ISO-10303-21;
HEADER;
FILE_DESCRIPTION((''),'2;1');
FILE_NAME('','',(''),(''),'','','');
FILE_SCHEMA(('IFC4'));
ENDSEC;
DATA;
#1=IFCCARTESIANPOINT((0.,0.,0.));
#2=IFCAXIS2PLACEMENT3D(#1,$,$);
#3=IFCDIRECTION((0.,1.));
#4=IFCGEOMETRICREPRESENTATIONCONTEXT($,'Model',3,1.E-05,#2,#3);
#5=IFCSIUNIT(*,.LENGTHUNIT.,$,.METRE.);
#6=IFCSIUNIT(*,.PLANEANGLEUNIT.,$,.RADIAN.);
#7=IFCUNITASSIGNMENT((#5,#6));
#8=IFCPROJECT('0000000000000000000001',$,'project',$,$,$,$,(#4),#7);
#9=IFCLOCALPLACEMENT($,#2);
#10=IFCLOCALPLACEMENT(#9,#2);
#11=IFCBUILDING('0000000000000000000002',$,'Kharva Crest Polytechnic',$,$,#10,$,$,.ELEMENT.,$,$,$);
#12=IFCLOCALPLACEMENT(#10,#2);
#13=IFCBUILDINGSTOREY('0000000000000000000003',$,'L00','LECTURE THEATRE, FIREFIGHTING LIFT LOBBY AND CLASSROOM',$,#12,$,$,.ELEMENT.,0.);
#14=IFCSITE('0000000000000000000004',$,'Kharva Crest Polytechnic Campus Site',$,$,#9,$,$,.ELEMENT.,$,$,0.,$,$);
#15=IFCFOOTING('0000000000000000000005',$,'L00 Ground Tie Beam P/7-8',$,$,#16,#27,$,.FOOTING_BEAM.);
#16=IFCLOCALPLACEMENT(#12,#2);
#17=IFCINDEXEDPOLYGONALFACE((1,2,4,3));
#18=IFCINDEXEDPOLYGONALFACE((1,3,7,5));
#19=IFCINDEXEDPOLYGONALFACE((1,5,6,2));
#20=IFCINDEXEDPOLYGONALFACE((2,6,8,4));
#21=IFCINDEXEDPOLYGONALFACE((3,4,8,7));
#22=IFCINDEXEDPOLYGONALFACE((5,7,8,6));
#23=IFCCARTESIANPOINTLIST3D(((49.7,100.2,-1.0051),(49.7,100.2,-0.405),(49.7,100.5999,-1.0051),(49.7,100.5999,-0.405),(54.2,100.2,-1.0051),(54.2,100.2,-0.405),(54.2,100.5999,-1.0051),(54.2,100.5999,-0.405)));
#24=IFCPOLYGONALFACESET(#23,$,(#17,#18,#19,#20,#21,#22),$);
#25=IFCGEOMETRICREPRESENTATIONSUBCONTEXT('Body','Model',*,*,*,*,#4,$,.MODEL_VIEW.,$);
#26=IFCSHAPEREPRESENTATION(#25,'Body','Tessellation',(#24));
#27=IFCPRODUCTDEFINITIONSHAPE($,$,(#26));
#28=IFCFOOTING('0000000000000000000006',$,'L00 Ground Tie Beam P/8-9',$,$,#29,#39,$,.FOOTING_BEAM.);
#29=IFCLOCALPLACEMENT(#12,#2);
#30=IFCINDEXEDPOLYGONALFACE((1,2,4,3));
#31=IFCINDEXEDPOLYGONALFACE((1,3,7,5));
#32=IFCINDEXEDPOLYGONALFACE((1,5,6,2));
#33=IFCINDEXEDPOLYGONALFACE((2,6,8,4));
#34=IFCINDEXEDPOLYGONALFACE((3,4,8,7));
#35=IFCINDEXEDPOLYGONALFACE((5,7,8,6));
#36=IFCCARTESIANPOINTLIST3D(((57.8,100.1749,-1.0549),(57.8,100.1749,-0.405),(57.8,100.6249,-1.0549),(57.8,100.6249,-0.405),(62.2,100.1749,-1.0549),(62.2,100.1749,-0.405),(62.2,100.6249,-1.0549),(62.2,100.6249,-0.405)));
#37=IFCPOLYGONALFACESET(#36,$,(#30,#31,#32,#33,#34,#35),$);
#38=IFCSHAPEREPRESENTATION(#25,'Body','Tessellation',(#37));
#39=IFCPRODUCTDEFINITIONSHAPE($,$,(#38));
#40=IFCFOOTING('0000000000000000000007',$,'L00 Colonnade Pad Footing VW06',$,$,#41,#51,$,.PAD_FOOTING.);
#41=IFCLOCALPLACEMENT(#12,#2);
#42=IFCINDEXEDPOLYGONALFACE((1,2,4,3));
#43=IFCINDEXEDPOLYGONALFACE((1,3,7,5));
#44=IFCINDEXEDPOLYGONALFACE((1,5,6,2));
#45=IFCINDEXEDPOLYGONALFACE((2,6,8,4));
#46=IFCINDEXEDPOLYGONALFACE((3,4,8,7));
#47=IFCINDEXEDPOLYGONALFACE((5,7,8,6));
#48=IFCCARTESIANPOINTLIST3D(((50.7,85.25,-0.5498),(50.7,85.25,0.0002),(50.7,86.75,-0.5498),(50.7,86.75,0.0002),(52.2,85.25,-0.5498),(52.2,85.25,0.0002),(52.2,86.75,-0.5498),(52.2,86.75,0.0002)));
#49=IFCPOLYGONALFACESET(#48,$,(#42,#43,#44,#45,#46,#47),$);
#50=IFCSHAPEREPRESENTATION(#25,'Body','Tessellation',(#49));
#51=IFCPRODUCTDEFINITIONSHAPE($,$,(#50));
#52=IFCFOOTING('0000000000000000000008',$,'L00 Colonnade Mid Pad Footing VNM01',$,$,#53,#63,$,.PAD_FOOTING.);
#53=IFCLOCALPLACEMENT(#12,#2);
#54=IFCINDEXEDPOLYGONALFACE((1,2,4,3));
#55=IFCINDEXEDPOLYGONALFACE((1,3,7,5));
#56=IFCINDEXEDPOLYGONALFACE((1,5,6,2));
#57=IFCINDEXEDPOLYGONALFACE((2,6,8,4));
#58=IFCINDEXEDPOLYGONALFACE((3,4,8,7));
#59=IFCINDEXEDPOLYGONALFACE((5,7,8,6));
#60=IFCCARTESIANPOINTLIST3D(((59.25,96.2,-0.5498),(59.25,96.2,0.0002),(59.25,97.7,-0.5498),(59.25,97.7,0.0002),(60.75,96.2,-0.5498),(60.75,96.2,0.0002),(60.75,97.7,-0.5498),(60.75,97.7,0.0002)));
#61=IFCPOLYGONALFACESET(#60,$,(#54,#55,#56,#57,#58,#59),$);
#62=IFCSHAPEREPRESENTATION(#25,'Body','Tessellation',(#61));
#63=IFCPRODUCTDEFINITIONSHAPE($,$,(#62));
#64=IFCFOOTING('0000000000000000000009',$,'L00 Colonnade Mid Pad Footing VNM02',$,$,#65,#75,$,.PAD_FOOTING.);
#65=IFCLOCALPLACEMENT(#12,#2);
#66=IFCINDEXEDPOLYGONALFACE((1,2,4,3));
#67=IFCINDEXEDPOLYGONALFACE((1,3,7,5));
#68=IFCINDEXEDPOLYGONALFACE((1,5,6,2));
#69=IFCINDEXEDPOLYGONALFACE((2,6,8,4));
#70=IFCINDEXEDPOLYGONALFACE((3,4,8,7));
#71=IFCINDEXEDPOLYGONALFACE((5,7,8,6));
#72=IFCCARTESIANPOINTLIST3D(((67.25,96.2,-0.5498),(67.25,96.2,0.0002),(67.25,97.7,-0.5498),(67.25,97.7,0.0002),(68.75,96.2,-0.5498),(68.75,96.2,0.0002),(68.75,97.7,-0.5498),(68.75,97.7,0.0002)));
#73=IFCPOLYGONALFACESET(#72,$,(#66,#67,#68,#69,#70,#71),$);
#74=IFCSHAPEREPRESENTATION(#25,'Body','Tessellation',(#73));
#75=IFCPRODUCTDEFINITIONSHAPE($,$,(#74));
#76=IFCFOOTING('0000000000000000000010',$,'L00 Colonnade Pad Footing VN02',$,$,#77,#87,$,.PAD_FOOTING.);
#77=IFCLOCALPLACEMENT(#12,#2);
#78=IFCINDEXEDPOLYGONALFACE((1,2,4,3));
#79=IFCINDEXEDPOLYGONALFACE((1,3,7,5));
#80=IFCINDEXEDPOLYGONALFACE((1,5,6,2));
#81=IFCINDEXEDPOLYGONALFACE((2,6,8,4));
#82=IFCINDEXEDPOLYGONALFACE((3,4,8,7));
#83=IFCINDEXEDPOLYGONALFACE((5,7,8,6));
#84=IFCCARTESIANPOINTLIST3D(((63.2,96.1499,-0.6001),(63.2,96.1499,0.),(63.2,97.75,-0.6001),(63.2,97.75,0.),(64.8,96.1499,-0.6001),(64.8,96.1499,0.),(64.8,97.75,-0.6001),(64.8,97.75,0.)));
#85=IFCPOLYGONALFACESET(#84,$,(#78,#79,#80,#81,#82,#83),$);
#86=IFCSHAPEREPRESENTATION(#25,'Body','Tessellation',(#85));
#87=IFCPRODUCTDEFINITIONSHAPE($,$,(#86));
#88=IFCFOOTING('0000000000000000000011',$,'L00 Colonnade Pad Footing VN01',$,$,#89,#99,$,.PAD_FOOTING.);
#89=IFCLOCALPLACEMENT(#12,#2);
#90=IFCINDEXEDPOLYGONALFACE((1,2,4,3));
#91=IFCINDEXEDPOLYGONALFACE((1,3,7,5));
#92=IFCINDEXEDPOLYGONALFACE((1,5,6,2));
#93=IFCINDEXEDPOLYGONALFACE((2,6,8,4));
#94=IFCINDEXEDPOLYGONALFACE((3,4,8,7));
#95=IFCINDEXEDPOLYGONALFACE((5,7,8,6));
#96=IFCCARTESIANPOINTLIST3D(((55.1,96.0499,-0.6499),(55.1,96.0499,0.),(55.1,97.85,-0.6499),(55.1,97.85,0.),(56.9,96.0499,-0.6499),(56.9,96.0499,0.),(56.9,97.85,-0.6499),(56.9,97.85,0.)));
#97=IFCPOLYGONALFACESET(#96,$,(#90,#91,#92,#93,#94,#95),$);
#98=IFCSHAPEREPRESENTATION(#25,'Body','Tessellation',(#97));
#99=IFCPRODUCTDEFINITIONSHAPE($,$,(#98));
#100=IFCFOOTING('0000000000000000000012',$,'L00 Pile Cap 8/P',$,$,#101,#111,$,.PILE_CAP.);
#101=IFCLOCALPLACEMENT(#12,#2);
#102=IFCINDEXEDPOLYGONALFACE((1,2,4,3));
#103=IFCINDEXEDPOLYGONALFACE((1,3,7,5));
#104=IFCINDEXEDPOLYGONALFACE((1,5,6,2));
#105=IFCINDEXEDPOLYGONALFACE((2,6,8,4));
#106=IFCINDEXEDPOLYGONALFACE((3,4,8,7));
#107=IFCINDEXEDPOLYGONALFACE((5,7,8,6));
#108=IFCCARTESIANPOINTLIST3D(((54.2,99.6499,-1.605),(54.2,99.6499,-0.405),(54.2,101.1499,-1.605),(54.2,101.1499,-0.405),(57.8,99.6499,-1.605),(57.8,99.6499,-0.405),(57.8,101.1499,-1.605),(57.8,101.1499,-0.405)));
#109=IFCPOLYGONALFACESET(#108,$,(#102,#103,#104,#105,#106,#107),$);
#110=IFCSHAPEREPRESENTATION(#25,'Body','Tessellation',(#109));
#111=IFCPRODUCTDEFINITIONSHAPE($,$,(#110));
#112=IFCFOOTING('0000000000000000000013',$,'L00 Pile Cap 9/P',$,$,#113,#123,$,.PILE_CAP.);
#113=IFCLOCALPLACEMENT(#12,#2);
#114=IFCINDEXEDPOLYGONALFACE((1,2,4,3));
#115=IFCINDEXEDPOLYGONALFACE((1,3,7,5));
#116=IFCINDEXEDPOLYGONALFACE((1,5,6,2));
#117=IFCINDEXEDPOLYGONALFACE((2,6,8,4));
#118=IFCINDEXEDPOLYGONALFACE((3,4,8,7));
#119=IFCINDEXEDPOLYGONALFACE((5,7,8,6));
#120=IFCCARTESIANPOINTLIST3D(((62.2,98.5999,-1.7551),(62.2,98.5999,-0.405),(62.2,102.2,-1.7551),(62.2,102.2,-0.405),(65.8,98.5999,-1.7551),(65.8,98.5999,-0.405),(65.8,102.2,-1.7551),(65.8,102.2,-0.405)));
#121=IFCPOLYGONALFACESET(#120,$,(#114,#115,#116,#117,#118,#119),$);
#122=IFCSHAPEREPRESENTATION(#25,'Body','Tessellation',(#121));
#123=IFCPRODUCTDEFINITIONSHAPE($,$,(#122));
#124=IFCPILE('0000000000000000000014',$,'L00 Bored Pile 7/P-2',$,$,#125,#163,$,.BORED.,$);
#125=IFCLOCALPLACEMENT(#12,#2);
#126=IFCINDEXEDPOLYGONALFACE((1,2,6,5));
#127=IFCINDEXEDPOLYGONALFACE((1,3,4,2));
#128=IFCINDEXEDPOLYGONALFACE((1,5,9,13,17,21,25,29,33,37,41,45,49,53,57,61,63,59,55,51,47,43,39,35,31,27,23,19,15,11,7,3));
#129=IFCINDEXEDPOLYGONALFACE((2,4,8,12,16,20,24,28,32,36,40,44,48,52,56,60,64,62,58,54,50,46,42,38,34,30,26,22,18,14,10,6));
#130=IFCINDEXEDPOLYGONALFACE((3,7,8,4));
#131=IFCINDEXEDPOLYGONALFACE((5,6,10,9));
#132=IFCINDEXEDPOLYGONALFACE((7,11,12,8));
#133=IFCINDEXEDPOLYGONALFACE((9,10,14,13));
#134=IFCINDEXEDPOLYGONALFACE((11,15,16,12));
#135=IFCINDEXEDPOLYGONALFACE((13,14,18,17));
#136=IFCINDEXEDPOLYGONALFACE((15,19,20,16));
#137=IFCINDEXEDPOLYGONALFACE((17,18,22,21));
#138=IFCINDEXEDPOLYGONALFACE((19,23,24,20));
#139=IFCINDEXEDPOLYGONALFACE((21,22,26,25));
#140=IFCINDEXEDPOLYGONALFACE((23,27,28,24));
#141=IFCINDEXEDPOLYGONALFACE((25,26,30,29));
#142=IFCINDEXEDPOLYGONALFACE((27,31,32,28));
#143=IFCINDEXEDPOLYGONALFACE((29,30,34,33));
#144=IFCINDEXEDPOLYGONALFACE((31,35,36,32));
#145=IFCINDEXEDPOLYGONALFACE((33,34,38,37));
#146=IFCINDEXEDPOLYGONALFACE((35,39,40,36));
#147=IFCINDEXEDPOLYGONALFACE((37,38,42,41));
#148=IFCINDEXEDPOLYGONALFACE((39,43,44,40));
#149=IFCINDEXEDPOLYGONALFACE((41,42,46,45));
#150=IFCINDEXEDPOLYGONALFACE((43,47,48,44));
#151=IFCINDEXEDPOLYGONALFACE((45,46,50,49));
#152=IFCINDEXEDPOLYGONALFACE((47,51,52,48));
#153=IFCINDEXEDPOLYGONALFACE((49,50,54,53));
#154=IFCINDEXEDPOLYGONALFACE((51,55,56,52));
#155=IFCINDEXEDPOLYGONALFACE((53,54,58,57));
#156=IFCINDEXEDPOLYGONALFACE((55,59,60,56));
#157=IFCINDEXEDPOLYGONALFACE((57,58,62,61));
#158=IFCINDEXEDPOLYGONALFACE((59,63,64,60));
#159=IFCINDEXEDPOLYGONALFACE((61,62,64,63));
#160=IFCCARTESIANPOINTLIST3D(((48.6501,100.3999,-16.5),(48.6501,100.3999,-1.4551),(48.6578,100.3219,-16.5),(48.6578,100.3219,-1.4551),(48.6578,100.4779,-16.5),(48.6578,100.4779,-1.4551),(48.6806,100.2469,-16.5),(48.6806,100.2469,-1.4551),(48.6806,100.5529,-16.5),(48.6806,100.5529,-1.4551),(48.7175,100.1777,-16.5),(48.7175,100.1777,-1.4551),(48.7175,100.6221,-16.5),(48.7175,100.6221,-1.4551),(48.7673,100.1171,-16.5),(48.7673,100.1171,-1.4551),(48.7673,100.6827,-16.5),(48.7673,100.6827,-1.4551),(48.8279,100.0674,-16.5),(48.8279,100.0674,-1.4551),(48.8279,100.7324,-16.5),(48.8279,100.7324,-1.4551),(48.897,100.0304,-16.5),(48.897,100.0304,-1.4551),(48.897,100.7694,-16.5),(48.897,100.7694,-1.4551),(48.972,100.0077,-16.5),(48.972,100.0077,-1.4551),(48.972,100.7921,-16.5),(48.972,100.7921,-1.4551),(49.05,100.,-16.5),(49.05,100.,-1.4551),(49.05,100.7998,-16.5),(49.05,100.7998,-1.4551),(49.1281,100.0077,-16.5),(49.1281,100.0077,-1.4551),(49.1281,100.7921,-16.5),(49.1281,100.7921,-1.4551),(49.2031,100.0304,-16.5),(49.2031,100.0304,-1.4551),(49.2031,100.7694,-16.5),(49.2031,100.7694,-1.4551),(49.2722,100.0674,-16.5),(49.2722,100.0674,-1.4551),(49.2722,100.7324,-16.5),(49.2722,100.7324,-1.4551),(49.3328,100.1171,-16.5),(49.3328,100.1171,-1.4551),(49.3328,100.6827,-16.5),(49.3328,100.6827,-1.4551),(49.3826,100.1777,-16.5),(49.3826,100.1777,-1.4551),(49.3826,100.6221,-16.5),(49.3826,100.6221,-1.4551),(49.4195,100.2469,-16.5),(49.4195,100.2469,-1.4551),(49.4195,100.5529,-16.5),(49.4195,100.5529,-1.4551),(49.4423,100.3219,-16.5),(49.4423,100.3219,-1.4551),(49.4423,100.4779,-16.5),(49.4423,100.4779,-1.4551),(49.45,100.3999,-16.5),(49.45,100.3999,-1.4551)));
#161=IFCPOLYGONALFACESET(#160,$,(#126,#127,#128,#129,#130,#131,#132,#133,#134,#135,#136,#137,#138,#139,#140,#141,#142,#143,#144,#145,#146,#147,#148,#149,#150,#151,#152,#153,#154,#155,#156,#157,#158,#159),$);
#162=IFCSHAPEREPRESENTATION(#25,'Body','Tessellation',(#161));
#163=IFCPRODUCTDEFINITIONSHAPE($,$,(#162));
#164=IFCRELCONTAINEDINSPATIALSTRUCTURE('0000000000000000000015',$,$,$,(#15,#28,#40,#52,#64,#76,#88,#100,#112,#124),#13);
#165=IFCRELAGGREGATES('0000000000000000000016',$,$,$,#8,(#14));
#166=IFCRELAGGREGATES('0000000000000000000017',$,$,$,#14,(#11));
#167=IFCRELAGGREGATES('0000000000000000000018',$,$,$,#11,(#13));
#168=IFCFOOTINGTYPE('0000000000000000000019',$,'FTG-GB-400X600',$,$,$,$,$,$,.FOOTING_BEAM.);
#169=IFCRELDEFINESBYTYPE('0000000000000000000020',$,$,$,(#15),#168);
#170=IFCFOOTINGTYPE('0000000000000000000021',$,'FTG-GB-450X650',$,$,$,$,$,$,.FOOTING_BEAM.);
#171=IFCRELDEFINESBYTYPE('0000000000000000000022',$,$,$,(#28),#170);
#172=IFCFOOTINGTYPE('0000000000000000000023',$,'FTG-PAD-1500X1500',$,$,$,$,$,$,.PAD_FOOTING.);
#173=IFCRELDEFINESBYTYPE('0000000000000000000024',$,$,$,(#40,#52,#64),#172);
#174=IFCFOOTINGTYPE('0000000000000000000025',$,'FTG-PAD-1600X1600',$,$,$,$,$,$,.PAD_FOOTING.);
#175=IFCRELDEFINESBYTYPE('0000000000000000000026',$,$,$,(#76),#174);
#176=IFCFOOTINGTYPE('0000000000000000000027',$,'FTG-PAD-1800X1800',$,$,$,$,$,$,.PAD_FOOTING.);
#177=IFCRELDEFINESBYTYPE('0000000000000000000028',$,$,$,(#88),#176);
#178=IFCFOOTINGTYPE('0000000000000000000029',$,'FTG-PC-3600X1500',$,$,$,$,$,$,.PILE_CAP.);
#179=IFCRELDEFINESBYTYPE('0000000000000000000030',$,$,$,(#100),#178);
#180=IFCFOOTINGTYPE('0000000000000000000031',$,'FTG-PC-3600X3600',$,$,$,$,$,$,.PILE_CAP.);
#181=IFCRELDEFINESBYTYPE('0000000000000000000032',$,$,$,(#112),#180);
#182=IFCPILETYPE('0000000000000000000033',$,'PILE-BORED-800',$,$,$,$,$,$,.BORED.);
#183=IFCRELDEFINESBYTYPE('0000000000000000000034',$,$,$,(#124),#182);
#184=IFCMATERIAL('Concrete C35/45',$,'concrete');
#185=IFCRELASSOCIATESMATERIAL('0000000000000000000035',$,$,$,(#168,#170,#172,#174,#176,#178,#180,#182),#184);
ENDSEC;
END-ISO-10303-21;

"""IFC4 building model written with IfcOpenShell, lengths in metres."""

from ifc_helpers import new_model, si_unit, direction, frame, origin, origin_2d, place, context, subcontext, project, spatial, rectangle, circle, extrude, material, material_profile, profile_set, type_object, element, save


model = new_model("IFC4")

# Units and contexts
model_context = context("Model", 3, precision=1e-05, world=origin(), true_north=direction((0.0, 1.0)))
body_context = subcontext(model_context, "Body", "Model", "MODEL_VIEW")
ifc_project = project(units=[si_unit("LENGTHUNIT", "METRE"), si_unit("PLANEANGLEUNIT", "RADIAN")], contexts=[model_context])

# Site, building, storey
site_placement = place(None, origin())
site = spatial("IfcSite", under=ifc_project, at=site_placement, Name="Kharva Crest Polytechnic Campus Site", CompositionType="ELEMENT", RefElevation=0.0)
building_placement = place(site_placement, origin())
building = spatial("IfcBuilding", under=site, at=building_placement, Name="Kharva Crest Polytechnic", CompositionType="ELEMENT")
storey_placement = place(building_placement, origin())
storey = spatial("IfcBuildingStorey", under=building, at=storey_placement, Name="L00", Description="LECTURE THEATRE, FIREFIGHTING LIFT LOBBY AND CLASSROOM", CompositionType="ELEMENT", Elevation=0.0)

# Footings
ifc_material_1 = material(Name="Concrete C35/45", Category="concrete")
footing_type_1 = type_object("IfcFootingType", Name="FTG-GB-400X600", PredefinedType="FOOTING_BEAM", material=ifc_material_1)
footing_1_placement = place(storey_placement, frame((51.95, 100.3999, -1.0051), z_axis=(0.0, 0.0, 1.0), x_axis=(1.0, 0.0, 0.0)))
element("IfcFooting", 1, at=footing_1_placement, inside=storey, type_object=footing_type_1, Name="L00 Ground Tie Beam P/7-8", PredefinedType="FOOTING_BEAM", context=body_context, shape_type="SweptSolid", body=[
    extrude(rectangle(XDim=4.5, YDim=0.3999, at=origin_2d()), origin(), (0.0, 0.0, 1.0), 0.6001),
])
footing_type_2 = type_object("IfcFootingType", Name="FTG-GB-450X650", PredefinedType="FOOTING_BEAM", material=ifc_material_1)
footing_2_placement = place(storey_placement, frame((60.0, 100.3999, -1.0549), z_axis=(0.0, 0.0, 1.0), x_axis=(1.0, 0.0, 0.0)))
element("IfcFooting", 2, at=footing_2_placement, inside=storey, type_object=footing_type_2, Name="L00 Ground Tie Beam P/8-9", PredefinedType="FOOTING_BEAM", context=body_context, shape_type="SweptSolid", body=[
    extrude(rectangle(XDim=4.3999, YDim=0.45, at=origin_2d()), origin(), (0.0, 0.0, 1.0), 0.6499),
])
footing_type_3 = type_object("IfcFootingType", Name="FTG-PAD-1500X1500", PredefinedType="PAD_FOOTING", material=ifc_material_1)
for number, where, z_axis, x_axis, name in (
    (3, (51.45, 86.0, -0.5498), (0.0, 0.0, 1.0), (1.0, 0.0, 0.0), "L00 Colonnade Pad Footing VW06"),
    (4, (60.0, 96.95, -0.5498), (0.0, 0.0, 1.0), (1.0, 0.0, 0.0), "L00 Colonnade Mid Pad Footing VNM01"),
    (5, (68.0, 96.95, -0.5498), (0.0, 0.0, 1.0), (1.0, 0.0, 0.0), "L00 Colonnade Mid Pad Footing VNM02"),
):
    element("IfcFooting", number, at=place(storey_placement, frame(where, z_axis=z_axis, x_axis=x_axis)), inside=storey, type_object=footing_type_3, Name=name, PredefinedType="PAD_FOOTING", context=body_context, shape_type="SweptSolid", body=[
        extrude(rectangle(XDim=1.5, YDim=1.5, at=origin_2d()), origin(), (0.0, 0.0, 1.0), 0.55),
    ])
footing_type_4 = type_object("IfcFootingType", Name="FTG-PAD-1600X1600", PredefinedType="PAD_FOOTING", material=ifc_material_1)
footing_3_placement = place(storey_placement, frame((64.0, 96.95, -0.6001), z_axis=(0.0, 0.0, 1.0), x_axis=(1.0, 0.0, 0.0)))
element("IfcFooting", 6, at=footing_3_placement, inside=storey, type_object=footing_type_4, Name="L00 Colonnade Pad Footing VN02", PredefinedType="PAD_FOOTING", context=body_context, shape_type="SweptSolid", body=[
    extrude(rectangle(XDim=1.6001, YDim=1.6001, at=origin_2d()), origin(), (0.0, 0.0, 1.0), 0.6001),
])
footing_type_5 = type_object("IfcFootingType", Name="FTG-PAD-1800X1800", PredefinedType="PAD_FOOTING", material=ifc_material_1)
footing_4_placement = place(storey_placement, frame((56.0, 96.95, -0.6499), z_axis=(0.0, 0.0, 1.0), x_axis=(1.0, 0.0, 0.0)))
element("IfcFooting", 7, at=footing_4_placement, inside=storey, type_object=footing_type_5, Name="L00 Colonnade Pad Footing VN01", PredefinedType="PAD_FOOTING", context=body_context, shape_type="SweptSolid", body=[
    extrude(rectangle(XDim=1.8, YDim=1.8, at=origin_2d()), origin(), (0.0, 0.0, 1.0), 0.6499),
])
footing_type_6 = type_object("IfcFootingType", Name="FTG-PC-3600X1500", PredefinedType="PILE_CAP", material=ifc_material_1)
footing_5_placement = place(storey_placement, frame((56.0, 100.3999, -1.605), z_axis=(0.0, 0.0, 1.0), x_axis=(1.0, 0.0, 0.0)))
element("IfcFooting", 8, at=footing_5_placement, inside=storey, type_object=footing_type_6, Name="L00 Pile Cap 8/P", PredefinedType="PILE_CAP", context=body_context, shape_type="SweptSolid", body=[
    extrude(rectangle(XDim=3.6001, YDim=1.5, at=origin_2d()), origin(), (0.0, 0.0, 1.0), 1.2),
])
footing_type_7 = type_object("IfcFootingType", Name="FTG-PC-3600X3600", PredefinedType="PILE_CAP", material=ifc_material_1)
footing_6_placement = place(storey_placement, frame((64.0, 100.3999, -1.7551), z_axis=(0.0, 0.0, 1.0), x_axis=(1.0, 0.0, 0.0)))
element("IfcFooting", 9, at=footing_6_placement, inside=storey, type_object=footing_type_7, Name="L00 Pile Cap 9/P", PredefinedType="PILE_CAP", context=body_context, shape_type="SweptSolid", body=[
    extrude(rectangle(XDim=3.6001, YDim=3.6001, at=origin_2d()), origin(), (0.0, 0.0, 1.0), 1.3501),
])

# Pile
ifc_material_profile_1 = material_profile(ifc_material_1, circle(Radius=0.3999, at=origin_2d()), Name="DIA 800")
ifc_profile_set_1 = profile_set([ifc_material_profile_1], Name="Concrete C35/45")
pile_type_1 = type_object("IfcPileType", Name="PILE-BORED-800", PredefinedType="BORED", material=ifc_profile_set_1)
pile_placement = place(storey_placement, frame((49.05, 100.3999, -1.4551), z_axis=(0.0, 0.0, -1.0), x_axis=(1.0, 0.0, 0.0)))
element("IfcPile", 10, at=pile_placement, inside=storey, type_object=pile_type_1, Name="L00 Bored Pile 7/P-2", PredefinedType="BORED", context=body_context, shape_type="SweptSolid", body=[
    extrude(circle(Radius=0.3999, at=origin_2d()), origin(), (0.0, 0.0, 1.0), 15.0449),
])

save(model, "model.ifc")
